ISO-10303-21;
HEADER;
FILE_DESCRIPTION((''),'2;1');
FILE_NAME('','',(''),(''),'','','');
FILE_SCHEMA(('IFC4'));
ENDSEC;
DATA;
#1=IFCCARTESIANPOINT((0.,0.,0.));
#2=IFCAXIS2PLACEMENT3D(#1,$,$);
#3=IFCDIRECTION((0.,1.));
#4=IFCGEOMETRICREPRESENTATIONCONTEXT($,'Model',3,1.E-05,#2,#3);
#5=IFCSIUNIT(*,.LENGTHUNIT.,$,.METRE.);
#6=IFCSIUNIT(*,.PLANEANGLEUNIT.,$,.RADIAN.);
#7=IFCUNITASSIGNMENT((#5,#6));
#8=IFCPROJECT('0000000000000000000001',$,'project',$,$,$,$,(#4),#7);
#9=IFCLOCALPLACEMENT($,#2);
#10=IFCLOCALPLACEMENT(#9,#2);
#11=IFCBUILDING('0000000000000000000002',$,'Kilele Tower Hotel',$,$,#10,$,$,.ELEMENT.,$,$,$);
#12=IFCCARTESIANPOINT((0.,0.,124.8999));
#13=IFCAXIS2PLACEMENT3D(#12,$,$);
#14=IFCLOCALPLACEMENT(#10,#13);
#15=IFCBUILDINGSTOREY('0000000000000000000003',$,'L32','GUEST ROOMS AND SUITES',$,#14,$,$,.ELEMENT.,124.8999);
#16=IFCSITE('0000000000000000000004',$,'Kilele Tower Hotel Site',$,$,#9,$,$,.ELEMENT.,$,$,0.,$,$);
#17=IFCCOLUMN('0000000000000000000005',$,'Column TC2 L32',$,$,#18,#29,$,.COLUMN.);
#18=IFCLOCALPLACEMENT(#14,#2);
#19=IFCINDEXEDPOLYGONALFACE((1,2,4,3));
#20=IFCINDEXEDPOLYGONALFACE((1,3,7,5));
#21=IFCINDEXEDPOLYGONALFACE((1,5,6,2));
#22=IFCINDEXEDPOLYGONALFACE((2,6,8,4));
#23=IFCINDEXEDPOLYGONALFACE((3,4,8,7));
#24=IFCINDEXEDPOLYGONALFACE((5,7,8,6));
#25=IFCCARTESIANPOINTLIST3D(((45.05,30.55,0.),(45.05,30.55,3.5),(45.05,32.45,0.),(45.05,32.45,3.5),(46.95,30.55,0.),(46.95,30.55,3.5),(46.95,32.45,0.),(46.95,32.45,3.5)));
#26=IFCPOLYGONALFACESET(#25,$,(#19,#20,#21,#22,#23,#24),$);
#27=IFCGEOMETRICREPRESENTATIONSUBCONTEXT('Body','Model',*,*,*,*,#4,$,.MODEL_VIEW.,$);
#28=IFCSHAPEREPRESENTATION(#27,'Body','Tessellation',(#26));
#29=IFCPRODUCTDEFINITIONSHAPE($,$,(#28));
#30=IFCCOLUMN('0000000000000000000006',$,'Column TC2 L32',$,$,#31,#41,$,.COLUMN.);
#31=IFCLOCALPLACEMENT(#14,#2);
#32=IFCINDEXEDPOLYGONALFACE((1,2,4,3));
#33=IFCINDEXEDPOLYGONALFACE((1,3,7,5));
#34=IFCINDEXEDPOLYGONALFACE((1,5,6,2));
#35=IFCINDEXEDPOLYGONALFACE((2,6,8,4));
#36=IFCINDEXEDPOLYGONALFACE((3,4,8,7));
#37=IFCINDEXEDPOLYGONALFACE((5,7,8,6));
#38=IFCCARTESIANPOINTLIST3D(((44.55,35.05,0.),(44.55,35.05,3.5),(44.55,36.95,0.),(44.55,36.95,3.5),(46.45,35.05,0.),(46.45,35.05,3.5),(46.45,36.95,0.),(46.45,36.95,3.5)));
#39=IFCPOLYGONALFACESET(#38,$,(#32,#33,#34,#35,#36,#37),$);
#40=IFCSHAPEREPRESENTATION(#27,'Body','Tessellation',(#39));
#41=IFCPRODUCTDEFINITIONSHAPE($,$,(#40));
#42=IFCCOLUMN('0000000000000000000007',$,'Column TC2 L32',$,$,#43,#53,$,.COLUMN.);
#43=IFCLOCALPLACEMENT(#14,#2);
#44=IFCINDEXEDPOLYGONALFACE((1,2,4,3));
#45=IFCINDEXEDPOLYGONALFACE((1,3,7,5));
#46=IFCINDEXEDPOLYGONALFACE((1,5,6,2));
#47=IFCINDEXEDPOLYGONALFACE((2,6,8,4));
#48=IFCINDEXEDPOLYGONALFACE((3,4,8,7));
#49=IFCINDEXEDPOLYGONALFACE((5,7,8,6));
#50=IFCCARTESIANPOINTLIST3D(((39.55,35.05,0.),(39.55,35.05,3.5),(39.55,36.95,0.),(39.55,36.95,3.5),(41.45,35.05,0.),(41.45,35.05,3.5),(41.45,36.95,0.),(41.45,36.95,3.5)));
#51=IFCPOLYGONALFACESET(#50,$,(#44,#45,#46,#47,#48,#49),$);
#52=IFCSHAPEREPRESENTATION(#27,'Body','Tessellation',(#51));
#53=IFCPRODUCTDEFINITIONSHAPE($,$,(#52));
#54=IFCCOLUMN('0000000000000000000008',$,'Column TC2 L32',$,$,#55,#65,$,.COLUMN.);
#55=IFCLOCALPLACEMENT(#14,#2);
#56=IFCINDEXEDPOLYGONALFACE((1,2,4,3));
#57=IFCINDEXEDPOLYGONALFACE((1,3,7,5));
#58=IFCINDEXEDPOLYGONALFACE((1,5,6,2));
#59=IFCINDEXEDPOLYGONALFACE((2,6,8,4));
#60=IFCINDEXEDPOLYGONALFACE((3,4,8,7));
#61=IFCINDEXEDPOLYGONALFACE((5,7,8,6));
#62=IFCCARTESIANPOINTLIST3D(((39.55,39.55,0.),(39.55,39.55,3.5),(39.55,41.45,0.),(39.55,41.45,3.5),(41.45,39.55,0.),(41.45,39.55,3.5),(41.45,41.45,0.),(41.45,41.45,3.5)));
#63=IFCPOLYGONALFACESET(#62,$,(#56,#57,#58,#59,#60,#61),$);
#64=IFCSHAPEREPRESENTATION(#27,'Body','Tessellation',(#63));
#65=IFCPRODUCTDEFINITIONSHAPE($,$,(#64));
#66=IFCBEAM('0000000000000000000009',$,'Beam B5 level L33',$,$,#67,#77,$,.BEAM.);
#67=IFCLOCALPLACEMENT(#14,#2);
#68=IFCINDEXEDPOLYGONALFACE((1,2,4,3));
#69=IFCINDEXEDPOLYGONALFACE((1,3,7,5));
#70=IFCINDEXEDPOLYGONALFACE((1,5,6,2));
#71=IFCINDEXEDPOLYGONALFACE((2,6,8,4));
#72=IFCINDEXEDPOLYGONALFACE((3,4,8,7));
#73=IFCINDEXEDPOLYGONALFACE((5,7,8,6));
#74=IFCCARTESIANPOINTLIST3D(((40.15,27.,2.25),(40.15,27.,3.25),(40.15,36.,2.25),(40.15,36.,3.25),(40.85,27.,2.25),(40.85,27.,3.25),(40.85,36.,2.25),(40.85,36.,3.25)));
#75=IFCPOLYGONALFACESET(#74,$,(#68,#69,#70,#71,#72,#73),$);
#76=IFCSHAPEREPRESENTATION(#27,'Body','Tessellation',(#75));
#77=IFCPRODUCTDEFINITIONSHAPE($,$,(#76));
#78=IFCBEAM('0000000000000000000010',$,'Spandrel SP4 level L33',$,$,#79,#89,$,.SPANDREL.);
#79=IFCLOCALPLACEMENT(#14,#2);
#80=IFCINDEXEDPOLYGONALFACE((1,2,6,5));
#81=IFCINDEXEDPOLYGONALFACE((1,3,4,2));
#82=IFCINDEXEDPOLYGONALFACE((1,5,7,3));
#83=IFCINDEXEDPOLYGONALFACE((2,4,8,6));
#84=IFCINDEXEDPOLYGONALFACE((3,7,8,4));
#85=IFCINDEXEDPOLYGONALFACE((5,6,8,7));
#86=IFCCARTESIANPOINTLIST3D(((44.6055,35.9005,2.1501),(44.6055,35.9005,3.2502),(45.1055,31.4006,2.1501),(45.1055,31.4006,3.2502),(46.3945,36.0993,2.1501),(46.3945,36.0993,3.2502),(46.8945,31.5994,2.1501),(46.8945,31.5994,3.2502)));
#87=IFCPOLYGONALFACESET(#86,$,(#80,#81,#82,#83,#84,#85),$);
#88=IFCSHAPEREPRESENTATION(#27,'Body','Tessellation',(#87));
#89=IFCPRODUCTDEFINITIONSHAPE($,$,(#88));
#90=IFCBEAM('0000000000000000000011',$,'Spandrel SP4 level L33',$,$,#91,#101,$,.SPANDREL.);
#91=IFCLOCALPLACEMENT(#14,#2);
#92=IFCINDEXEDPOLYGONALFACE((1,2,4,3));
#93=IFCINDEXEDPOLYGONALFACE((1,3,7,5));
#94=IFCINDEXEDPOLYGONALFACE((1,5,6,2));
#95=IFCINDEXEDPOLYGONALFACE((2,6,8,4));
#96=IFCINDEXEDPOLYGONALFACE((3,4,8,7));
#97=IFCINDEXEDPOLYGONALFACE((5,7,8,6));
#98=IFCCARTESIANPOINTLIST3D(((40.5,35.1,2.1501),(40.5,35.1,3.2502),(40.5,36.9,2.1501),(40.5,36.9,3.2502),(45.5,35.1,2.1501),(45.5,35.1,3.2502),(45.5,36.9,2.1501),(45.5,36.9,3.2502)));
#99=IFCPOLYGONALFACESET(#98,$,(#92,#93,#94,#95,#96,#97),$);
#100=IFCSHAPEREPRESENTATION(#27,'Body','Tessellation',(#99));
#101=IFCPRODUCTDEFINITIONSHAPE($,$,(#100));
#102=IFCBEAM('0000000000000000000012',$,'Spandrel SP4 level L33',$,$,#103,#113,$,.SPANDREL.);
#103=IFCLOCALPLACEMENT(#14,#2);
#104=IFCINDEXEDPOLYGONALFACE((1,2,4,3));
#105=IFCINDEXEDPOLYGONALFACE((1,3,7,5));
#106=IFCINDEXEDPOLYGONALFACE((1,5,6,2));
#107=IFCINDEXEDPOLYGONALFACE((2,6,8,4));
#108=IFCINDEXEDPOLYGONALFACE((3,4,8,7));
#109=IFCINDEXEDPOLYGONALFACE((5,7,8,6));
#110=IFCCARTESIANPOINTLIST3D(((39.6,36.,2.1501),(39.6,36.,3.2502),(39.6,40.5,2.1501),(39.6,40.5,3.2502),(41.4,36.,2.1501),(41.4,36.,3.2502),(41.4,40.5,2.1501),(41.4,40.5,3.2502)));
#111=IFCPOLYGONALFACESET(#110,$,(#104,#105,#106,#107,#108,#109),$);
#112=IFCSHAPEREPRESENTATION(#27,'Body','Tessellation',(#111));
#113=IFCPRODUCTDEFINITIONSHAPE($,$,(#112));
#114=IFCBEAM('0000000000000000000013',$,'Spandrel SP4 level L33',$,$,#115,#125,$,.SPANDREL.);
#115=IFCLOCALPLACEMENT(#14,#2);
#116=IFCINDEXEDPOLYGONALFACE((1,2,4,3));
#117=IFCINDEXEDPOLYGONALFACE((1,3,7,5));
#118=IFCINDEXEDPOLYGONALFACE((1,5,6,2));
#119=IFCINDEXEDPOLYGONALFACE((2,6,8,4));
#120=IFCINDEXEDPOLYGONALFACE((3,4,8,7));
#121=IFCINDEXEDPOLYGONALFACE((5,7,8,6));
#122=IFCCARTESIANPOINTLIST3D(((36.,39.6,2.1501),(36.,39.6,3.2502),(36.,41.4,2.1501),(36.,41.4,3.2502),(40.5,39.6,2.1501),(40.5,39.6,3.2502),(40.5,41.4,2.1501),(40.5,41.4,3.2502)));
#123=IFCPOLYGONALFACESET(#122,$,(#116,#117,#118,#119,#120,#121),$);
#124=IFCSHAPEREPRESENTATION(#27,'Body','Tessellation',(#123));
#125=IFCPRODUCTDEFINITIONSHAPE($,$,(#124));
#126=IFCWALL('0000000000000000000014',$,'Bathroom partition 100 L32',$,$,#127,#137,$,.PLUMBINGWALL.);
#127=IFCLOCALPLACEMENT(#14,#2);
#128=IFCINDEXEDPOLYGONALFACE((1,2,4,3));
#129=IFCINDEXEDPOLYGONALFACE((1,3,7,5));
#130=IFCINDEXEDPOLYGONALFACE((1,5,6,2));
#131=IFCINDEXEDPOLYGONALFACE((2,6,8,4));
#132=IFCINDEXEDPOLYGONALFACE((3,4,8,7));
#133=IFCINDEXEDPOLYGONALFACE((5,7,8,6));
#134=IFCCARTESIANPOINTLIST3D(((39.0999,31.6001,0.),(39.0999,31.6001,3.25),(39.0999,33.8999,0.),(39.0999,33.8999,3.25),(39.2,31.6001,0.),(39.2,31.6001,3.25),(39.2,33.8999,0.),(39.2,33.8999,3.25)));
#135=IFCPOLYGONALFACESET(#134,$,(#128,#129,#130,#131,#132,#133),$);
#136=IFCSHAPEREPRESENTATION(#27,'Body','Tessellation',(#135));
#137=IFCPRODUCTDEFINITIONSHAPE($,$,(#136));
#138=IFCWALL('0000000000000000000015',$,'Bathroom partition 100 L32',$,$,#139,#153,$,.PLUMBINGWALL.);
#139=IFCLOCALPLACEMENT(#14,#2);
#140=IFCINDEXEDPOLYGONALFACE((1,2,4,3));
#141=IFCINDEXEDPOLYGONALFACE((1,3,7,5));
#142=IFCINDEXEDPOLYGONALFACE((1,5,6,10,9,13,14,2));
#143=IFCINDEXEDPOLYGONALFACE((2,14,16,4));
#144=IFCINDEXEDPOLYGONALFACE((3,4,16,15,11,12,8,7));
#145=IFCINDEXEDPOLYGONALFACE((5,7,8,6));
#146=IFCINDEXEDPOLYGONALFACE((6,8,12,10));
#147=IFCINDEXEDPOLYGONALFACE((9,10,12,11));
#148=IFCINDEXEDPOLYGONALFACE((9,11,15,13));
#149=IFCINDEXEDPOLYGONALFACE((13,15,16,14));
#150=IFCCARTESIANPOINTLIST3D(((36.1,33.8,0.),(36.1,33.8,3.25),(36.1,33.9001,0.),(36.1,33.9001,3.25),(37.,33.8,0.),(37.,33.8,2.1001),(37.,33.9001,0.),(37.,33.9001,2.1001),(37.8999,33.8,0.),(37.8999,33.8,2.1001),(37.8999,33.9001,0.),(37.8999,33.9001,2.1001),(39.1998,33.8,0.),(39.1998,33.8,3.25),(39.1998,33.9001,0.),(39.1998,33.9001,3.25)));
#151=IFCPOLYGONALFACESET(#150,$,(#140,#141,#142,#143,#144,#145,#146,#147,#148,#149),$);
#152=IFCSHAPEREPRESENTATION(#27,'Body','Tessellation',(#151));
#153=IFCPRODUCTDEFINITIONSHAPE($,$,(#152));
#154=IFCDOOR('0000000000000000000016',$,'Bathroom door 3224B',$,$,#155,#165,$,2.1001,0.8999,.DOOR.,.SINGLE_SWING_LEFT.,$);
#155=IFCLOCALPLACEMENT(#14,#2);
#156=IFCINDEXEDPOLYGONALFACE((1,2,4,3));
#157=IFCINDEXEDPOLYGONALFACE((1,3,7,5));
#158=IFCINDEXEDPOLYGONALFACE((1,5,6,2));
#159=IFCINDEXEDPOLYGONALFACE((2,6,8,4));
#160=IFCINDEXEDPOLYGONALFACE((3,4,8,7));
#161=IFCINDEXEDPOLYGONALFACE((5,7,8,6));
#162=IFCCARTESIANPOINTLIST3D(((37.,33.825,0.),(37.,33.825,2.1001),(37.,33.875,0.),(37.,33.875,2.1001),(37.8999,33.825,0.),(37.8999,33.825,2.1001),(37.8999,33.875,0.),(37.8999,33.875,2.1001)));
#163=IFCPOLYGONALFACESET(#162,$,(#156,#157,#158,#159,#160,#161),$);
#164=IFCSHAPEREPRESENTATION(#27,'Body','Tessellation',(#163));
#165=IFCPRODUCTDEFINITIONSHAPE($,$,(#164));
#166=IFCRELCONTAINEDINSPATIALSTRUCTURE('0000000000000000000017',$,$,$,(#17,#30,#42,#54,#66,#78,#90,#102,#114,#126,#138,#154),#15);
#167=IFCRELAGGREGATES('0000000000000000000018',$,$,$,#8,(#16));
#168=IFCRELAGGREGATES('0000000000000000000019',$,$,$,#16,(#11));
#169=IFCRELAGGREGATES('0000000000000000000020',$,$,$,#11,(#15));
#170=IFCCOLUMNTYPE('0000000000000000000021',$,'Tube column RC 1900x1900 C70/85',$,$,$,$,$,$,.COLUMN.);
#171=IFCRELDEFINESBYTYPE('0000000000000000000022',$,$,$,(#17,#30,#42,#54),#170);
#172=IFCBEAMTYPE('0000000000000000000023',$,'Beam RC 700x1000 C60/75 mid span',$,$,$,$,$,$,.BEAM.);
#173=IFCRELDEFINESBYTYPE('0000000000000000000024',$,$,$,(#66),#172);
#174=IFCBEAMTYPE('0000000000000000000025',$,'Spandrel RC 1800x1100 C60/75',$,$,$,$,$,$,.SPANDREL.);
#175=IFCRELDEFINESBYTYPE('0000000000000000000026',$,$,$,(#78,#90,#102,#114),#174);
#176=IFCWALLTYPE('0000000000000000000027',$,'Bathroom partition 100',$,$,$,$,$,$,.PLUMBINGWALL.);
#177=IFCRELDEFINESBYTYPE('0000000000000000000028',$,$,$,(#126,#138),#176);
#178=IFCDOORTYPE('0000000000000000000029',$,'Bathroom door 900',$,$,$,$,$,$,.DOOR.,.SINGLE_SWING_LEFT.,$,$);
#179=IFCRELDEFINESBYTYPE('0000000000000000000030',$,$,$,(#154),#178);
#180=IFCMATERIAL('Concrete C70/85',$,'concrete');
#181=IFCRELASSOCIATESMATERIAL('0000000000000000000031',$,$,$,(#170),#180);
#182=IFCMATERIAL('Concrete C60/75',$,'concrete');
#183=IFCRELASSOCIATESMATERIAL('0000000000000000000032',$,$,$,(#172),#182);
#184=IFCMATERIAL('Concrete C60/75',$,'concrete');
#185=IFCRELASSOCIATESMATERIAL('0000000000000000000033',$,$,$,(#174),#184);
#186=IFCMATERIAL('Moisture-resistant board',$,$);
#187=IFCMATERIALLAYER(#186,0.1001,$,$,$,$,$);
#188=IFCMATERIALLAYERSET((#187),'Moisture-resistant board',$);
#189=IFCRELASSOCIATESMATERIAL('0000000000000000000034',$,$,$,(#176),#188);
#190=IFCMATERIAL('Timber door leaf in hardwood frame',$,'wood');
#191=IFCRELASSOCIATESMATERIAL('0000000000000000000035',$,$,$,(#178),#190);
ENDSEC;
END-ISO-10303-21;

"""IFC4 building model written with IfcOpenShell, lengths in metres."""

from ifc_helpers import new_model, si_unit, direction, frame, frame_2d, origin, origin_2d, place, context, subcontext, project, spatial, rectangle, extrude, material, layer, layer_set, material_profile, profile_set, type_object, element, fill, save


model = new_model("IFC4")

# Units and contexts
model_context = context("Model", 3, precision=1e-05, world=origin(), true_north=direction((0.0, 1.0)))
body_context = subcontext(model_context, "Body", "Model", "MODEL_VIEW")
ifc_project = project(units=[si_unit("LENGTHUNIT", "METRE"), si_unit("PLANEANGLEUNIT", "RADIAN")], contexts=[model_context])

# Site, building, storey
site_placement = place(None, origin())
site = spatial("IfcSite", under=ifc_project, at=site_placement, Name="Kilele Tower Hotel Site", CompositionType="ELEMENT", RefElevation=0.0)
building_placement = place(site_placement, origin())
building = spatial("IfcBuilding", under=site, at=building_placement, Name="Kilele Tower Hotel", CompositionType="ELEMENT")
storey_placement = place(building_placement, frame((0.0, 0.0, 124.8999)))
storey = spatial("IfcBuildingStorey", under=building, at=storey_placement, Name="L32", Description="GUEST ROOMS AND SUITES", CompositionType="ELEMENT", Elevation=124.8999)

# Columns
ifc_material_1 = material(Name="Concrete C70/85", Category="concrete")
ifc_material_profile_1 = material_profile(ifc_material_1, rectangle(XDim=1.8999, YDim=1.8999, at=origin_2d()))
ifc_profile_set_1 = profile_set([ifc_material_profile_1], Name="Concrete C70/85")
column_type = type_object("IfcColumnType", Name="Tube column RC 1900x1900 C70/85", PredefinedType="COLUMN", material=ifc_profile_set_1)
for number, where, z_axis, x_axis, name in (
    (1, (46.0, 31.5, 0.0), (0.0, 0.0, 1.0), (1.0, 0.0, 0.0), "Column TC2 L32"),
    (2, (45.5, 36.0, 0.0), (0.0, 0.0, 1.0), (1.0, 0.0, 0.0), "Column TC2 L32"),
    (3, (40.5, 36.0, 0.0), (0.0, 0.0, 1.0), (1.0, 0.0, 0.0), "Column TC2 L32"),
    (4, (40.5, 40.5, 0.0), (0.0, 0.0, 1.0), (1.0, 0.0, 0.0), "Column TC2 L32"),
):
    element("IfcColumn", number, at=place(storey_placement, frame(where, z_axis=z_axis, x_axis=x_axis)), inside=storey, type_object=column_type, Name=name, PredefinedType="COLUMN", context=body_context, shape_type="SweptSolid", body=[
        extrude(rectangle(XDim=1.8999, YDim=1.8999, at=origin_2d()), origin(), (0.0, 0.0, 1.0), 3.5),
    ])

# Beams
ifc_material_2 = material(Name="Concrete C60/75", Category="concrete")
ifc_material_profile_2 = material_profile(ifc_material_2, rectangle(XDim=0.7, YDim=1.0, at=origin_2d()))
ifc_profile_set_2 = profile_set([ifc_material_profile_2], Name="Concrete C60/75")
beam_type_1 = type_object("IfcBeamType", Name="Beam RC 700x1000 C60/75 mid span", PredefinedType="BEAM", material=ifc_profile_set_2)
beam_1_placement = place(storey_placement, frame((40.5, 36.0, 2.75), z_axis=(0.0, -1.0, 0.0), x_axis=(1.0, 0.0, 0.0)))
element("IfcBeam", 5, at=beam_1_placement, inside=storey, type_object=beam_type_1, Name="Beam B5 level L33", PredefinedType="BEAM", context=body_context, shape_type="SweptSolid", body=[
    extrude(rectangle(XDim=0.7, YDim=1.0, at=origin_2d()), origin(), (0.0, 0.0, 1.0), 9.0),
])
ifc_material_3 = material(Name="Concrete C60/75", Category="concrete")
ifc_material_profile_3 = material_profile(ifc_material_3, rectangle(XDim=1.8, YDim=1.1001, at=origin_2d()))
ifc_profile_set_3 = profile_set([ifc_material_profile_3], Name="Concrete C60/75")
beam_type_2 = type_object("IfcBeamType", Name="Spandrel RC 1800x1100 C60/75", PredefinedType="SPANDREL", material=ifc_profile_set_3)
beam_2_placement = place(storey_placement, frame((46.0, 31.5, 2.7002), z_axis=(-0.110432, 0.993884, 0.0), x_axis=(-0.993884, -0.110432, 0.0)))
element("IfcBeam", 6, at=beam_2_placement, inside=storey, type_object=beam_type_2, Name="Spandrel SP4 level L33", PredefinedType="SPANDREL", context=body_context, shape_type="SweptSolid", body=[
    extrude(rectangle(XDim=1.8, YDim=1.1001, at=origin_2d()), origin(), (0.0, 0.0, 1.0), 4.5276),
])
beam_3_placement = place(storey_placement, frame((45.5, 36.0, 2.7002), z_axis=(-1.0, 0.0, 0.0), x_axis=(0.0, -1.0, 0.0)))
element("IfcBeam", 7, at=beam_3_placement, inside=storey, type_object=beam_type_2, Name="Spandrel SP4 level L33", PredefinedType="SPANDREL", context=body_context, shape_type="SweptSolid", body=[
    extrude(rectangle(XDim=1.8, YDim=1.1001, at=origin_2d()), origin(), (0.0, 0.0, 1.0), 5.0),
])
for number, where, z_axis, x_axis, name in (
    (8, (40.5, 36.0, 2.7002), (0.0, 1.0, 0.0), (-1.0, 0.0, 0.0), "Spandrel SP4 level L33"),
    (9, (40.5, 40.5, 2.7002), (-1.0, 0.0, 0.0), (0.0, -1.0, 0.0), "Spandrel SP4 level L33"),
):
    element("IfcBeam", number, at=place(storey_placement, frame(where, z_axis=z_axis, x_axis=x_axis)), inside=storey, type_object=beam_type_2, Name=name, PredefinedType="SPANDREL", context=body_context, shape_type="SweptSolid", body=[
        extrude(rectangle(XDim=1.8, YDim=1.1001, at=origin_2d()), origin(), (0.0, 0.0, 1.0), 4.5),
    ])

# Wall
ifc_material_4 = material(Name="Moisture-resistant board")
ifc_layer_1 = layer(ifc_material_4, 0.1001)
ifc_layer_set_1 = layer_set([ifc_layer_1], Name="Moisture-resistant board")
wall_type_1 = type_object("IfcWallType", Name="Bathroom partition 100", PredefinedType="PLUMBINGWALL", material=ifc_layer_set_1)
wall_1_placement = place(storey_placement, frame((39.1499, 31.6001, 0.0), z_axis=(0.0, 0.0, 1.0), x_axis=(0.0, 1.0, 0.0)))
element("IfcWall", 10, at=wall_1_placement, inside=storey, type_object=wall_type_1, Name="Bathroom partition 100 L32", PredefinedType="PLUMBINGWALL", context=body_context, shape_type="SweptSolid", body=[
    extrude(rectangle(XDim=2.2998, YDim=0.1001, at=frame_2d((1.1499, 0.0))), origin(), (0.0, 0.0, 1.0), 3.25),
])

# Wall, opening, door
wall_2_placement = place(storey_placement, frame((36.1001, 33.8501, 0.0), z_axis=(0.0, 0.0, 1.0), x_axis=(1.0, 0.0, 0.0)))
wall_2 = element("IfcWall", 11, at=wall_2_placement, inside=storey, type_object=wall_type_1, Name="Bathroom partition 100 L32", PredefinedType="PLUMBINGWALL", context=body_context, shape_type="SweptSolid", body=[
    extrude(rectangle(XDim=3.0999, YDim=0.1001, at=frame_2d((1.5498, 0.0))), origin(), (0.0, 0.0, 1.0), 3.25),
])
opening_1_placement = place(wall_2_placement, frame((0.8999, 0.0, 0.0)))
opening_1 = element("IfcOpeningElement", 12, at=opening_1_placement, cuts=wall_2, PredefinedType="OPENING", context=body_context, shape_type="SweptSolid", body=[
    extrude(rectangle(XDim=0.8999, YDim=2.1001, at=frame_2d((0.45, 1.05))), frame((0.0, 0.0601, 0.0), z_axis=(0.0, -1.0, 0.0), x_axis=(1.0, 0.0, 0.0)), (0.0, 0.0, 1.0), 0.1201),
])
ifc_material_5 = material(Name="Timber door leaf in hardwood frame", Category="wood")
door_type_1 = type_object("IfcDoorType", Name="Bathroom door 900", OperationType="SINGLE_SWING_LEFT", PredefinedType="DOOR", material=ifc_material_5)
door_1_placement = place(opening_1_placement, origin())
door_1 = element("IfcDoor", 13, at=door_1_placement, inside=storey, type_object=door_type_1, Name="Bathroom door 3224B", OperationType="SINGLE_SWING_LEFT", OverallHeight=2.1001, OverallWidth=0.8999, PredefinedType="DOOR", context=body_context, shape_type="SweptSolid", body=[
    extrude(rectangle(XDim=0.8999, YDim=2.1001, at=frame_2d((0.45, 1.05))), frame((0.0, 0.0249, 0.0), z_axis=(0.0, -1.0, 0.0), x_axis=(1.0, 0.0, 0.0)), (0.0, 0.0, 1.0), 0.05),
])
fill(opening_1, door_1)

save(model, "model.ifc")
